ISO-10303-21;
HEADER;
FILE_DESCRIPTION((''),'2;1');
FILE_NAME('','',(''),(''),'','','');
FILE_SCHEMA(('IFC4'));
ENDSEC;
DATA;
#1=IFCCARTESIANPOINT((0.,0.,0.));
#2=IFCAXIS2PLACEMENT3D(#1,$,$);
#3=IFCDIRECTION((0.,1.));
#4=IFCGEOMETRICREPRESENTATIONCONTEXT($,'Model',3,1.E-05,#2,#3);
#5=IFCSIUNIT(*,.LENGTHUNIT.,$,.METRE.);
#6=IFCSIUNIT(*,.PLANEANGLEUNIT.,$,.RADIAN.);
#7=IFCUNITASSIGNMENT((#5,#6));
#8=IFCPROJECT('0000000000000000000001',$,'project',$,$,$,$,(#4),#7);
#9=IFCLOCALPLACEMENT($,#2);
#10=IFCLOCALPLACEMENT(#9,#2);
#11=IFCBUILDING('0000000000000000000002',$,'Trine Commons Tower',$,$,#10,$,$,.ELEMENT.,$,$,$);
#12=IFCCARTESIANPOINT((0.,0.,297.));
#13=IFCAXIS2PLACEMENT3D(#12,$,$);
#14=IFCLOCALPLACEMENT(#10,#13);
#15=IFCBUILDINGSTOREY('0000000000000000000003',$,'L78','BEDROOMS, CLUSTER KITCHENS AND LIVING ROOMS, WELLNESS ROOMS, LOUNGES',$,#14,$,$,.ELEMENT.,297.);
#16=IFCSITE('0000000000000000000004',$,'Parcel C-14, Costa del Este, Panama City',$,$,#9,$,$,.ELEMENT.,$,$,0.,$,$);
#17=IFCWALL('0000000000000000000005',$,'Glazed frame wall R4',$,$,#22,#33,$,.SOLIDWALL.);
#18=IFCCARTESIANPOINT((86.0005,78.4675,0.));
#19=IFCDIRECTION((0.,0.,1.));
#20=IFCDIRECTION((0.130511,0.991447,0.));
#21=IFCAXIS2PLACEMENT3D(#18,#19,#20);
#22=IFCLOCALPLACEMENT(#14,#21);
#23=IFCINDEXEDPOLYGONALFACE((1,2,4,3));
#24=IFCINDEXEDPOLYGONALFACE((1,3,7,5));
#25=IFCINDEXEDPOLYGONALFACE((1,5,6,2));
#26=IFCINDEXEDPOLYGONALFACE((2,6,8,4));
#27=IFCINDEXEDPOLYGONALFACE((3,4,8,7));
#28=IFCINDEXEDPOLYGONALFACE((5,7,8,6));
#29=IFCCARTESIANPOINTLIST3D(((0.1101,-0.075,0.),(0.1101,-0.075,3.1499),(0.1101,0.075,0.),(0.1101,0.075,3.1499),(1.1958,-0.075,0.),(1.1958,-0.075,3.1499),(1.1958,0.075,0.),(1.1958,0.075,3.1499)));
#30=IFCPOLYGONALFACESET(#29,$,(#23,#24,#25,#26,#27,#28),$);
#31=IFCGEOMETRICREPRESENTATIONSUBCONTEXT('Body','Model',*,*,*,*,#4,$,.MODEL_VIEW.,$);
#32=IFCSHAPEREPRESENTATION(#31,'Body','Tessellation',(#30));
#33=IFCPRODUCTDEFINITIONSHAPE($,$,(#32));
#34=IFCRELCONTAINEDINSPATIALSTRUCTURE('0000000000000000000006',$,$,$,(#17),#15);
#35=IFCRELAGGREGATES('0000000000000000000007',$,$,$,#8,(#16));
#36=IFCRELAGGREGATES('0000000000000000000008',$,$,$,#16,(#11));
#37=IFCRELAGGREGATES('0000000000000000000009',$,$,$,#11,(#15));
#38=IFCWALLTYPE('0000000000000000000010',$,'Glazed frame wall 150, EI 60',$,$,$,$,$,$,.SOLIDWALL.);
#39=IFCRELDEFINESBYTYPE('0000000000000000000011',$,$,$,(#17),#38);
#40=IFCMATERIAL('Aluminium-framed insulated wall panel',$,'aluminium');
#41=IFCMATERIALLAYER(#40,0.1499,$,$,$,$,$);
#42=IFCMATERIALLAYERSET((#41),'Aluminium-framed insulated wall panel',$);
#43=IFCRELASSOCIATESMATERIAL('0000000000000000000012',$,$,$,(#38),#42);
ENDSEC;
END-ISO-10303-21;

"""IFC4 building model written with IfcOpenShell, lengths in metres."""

from ifc_helpers import new_model, si_unit, direction, frame, origin, place, context, subcontext, project, spatial, polyline, outline, extrude, material, layer, layer_set, type_object, element, save


model = new_model("IFC4")

# Units and contexts
model_context = context("Model", 3, precision=1e-05, world=origin(), true_north=direction((0.0, 1.0)))
body_context = subcontext(model_context, "Body", "Model", "MODEL_VIEW")
ifc_project = project(units=[si_unit("LENGTHUNIT", "METRE"), si_unit("PLANEANGLEUNIT", "RADIAN")], contexts=[model_context])

# Site, building, storey
site_placement = place(None, origin())
site = spatial("IfcSite", under=ifc_project, at=site_placement, Name="Parcel C-14, Costa del Este, Panama City", CompositionType="ELEMENT", RefElevation=0.0)
building_placement = place(site_placement, origin())
building = spatial("IfcBuilding", under=site, at=building_placement, Name="Trine Commons Tower", CompositionType="ELEMENT")
storey_placement = place(building_placement, frame((0.0, 0.0, 297.0)))
storey = spatial("IfcBuildingStorey", under=building, at=storey_placement, Name="L78", Description="BEDROOMS, CLUSTER KITCHENS AND LIVING ROOMS, WELLNESS ROOMS, LOUNGES", CompositionType="ELEMENT", Elevation=297.0)

# Shared definitions
ifc_material_1 = material(Name="Aluminium-framed insulated wall panel", Category="aluminium")
ifc_layer_1 = layer(ifc_material_1, 0.1499)
ifc_layer_set_1 = layer_set([ifc_layer_1], Name="Aluminium-framed insulated wall panel")
wall_type_1 = type_object("IfcWallType", Name="Glazed frame wall 150, EI 60", PredefinedType="SOLIDWALL", material=ifc_layer_set_1)

# Wall
wall_1_placement = place(storey_placement, frame((86.0005, 78.4675, 0.0), z_axis=(0.0, 0.0, 1.0), x_axis=(0.130511, 0.991447, 0.0)))
element("IfcWall", 1, at=wall_1_placement, inside=storey, type_object=wall_type_1, Name="Glazed frame wall R4", PredefinedType="SOLIDWALL", context=body_context, shape_type="SweptSolid", body=[
    extrude(outline(polyline([(0.1101, 0.075), (0.1101, -0.075), (1.1958, -0.075), (1.1958, 0.075), (0.1101, 0.075)])), origin(), (0.0, 0.0, 1.0), 3.1499),
])

save(model, "model.ifc")
